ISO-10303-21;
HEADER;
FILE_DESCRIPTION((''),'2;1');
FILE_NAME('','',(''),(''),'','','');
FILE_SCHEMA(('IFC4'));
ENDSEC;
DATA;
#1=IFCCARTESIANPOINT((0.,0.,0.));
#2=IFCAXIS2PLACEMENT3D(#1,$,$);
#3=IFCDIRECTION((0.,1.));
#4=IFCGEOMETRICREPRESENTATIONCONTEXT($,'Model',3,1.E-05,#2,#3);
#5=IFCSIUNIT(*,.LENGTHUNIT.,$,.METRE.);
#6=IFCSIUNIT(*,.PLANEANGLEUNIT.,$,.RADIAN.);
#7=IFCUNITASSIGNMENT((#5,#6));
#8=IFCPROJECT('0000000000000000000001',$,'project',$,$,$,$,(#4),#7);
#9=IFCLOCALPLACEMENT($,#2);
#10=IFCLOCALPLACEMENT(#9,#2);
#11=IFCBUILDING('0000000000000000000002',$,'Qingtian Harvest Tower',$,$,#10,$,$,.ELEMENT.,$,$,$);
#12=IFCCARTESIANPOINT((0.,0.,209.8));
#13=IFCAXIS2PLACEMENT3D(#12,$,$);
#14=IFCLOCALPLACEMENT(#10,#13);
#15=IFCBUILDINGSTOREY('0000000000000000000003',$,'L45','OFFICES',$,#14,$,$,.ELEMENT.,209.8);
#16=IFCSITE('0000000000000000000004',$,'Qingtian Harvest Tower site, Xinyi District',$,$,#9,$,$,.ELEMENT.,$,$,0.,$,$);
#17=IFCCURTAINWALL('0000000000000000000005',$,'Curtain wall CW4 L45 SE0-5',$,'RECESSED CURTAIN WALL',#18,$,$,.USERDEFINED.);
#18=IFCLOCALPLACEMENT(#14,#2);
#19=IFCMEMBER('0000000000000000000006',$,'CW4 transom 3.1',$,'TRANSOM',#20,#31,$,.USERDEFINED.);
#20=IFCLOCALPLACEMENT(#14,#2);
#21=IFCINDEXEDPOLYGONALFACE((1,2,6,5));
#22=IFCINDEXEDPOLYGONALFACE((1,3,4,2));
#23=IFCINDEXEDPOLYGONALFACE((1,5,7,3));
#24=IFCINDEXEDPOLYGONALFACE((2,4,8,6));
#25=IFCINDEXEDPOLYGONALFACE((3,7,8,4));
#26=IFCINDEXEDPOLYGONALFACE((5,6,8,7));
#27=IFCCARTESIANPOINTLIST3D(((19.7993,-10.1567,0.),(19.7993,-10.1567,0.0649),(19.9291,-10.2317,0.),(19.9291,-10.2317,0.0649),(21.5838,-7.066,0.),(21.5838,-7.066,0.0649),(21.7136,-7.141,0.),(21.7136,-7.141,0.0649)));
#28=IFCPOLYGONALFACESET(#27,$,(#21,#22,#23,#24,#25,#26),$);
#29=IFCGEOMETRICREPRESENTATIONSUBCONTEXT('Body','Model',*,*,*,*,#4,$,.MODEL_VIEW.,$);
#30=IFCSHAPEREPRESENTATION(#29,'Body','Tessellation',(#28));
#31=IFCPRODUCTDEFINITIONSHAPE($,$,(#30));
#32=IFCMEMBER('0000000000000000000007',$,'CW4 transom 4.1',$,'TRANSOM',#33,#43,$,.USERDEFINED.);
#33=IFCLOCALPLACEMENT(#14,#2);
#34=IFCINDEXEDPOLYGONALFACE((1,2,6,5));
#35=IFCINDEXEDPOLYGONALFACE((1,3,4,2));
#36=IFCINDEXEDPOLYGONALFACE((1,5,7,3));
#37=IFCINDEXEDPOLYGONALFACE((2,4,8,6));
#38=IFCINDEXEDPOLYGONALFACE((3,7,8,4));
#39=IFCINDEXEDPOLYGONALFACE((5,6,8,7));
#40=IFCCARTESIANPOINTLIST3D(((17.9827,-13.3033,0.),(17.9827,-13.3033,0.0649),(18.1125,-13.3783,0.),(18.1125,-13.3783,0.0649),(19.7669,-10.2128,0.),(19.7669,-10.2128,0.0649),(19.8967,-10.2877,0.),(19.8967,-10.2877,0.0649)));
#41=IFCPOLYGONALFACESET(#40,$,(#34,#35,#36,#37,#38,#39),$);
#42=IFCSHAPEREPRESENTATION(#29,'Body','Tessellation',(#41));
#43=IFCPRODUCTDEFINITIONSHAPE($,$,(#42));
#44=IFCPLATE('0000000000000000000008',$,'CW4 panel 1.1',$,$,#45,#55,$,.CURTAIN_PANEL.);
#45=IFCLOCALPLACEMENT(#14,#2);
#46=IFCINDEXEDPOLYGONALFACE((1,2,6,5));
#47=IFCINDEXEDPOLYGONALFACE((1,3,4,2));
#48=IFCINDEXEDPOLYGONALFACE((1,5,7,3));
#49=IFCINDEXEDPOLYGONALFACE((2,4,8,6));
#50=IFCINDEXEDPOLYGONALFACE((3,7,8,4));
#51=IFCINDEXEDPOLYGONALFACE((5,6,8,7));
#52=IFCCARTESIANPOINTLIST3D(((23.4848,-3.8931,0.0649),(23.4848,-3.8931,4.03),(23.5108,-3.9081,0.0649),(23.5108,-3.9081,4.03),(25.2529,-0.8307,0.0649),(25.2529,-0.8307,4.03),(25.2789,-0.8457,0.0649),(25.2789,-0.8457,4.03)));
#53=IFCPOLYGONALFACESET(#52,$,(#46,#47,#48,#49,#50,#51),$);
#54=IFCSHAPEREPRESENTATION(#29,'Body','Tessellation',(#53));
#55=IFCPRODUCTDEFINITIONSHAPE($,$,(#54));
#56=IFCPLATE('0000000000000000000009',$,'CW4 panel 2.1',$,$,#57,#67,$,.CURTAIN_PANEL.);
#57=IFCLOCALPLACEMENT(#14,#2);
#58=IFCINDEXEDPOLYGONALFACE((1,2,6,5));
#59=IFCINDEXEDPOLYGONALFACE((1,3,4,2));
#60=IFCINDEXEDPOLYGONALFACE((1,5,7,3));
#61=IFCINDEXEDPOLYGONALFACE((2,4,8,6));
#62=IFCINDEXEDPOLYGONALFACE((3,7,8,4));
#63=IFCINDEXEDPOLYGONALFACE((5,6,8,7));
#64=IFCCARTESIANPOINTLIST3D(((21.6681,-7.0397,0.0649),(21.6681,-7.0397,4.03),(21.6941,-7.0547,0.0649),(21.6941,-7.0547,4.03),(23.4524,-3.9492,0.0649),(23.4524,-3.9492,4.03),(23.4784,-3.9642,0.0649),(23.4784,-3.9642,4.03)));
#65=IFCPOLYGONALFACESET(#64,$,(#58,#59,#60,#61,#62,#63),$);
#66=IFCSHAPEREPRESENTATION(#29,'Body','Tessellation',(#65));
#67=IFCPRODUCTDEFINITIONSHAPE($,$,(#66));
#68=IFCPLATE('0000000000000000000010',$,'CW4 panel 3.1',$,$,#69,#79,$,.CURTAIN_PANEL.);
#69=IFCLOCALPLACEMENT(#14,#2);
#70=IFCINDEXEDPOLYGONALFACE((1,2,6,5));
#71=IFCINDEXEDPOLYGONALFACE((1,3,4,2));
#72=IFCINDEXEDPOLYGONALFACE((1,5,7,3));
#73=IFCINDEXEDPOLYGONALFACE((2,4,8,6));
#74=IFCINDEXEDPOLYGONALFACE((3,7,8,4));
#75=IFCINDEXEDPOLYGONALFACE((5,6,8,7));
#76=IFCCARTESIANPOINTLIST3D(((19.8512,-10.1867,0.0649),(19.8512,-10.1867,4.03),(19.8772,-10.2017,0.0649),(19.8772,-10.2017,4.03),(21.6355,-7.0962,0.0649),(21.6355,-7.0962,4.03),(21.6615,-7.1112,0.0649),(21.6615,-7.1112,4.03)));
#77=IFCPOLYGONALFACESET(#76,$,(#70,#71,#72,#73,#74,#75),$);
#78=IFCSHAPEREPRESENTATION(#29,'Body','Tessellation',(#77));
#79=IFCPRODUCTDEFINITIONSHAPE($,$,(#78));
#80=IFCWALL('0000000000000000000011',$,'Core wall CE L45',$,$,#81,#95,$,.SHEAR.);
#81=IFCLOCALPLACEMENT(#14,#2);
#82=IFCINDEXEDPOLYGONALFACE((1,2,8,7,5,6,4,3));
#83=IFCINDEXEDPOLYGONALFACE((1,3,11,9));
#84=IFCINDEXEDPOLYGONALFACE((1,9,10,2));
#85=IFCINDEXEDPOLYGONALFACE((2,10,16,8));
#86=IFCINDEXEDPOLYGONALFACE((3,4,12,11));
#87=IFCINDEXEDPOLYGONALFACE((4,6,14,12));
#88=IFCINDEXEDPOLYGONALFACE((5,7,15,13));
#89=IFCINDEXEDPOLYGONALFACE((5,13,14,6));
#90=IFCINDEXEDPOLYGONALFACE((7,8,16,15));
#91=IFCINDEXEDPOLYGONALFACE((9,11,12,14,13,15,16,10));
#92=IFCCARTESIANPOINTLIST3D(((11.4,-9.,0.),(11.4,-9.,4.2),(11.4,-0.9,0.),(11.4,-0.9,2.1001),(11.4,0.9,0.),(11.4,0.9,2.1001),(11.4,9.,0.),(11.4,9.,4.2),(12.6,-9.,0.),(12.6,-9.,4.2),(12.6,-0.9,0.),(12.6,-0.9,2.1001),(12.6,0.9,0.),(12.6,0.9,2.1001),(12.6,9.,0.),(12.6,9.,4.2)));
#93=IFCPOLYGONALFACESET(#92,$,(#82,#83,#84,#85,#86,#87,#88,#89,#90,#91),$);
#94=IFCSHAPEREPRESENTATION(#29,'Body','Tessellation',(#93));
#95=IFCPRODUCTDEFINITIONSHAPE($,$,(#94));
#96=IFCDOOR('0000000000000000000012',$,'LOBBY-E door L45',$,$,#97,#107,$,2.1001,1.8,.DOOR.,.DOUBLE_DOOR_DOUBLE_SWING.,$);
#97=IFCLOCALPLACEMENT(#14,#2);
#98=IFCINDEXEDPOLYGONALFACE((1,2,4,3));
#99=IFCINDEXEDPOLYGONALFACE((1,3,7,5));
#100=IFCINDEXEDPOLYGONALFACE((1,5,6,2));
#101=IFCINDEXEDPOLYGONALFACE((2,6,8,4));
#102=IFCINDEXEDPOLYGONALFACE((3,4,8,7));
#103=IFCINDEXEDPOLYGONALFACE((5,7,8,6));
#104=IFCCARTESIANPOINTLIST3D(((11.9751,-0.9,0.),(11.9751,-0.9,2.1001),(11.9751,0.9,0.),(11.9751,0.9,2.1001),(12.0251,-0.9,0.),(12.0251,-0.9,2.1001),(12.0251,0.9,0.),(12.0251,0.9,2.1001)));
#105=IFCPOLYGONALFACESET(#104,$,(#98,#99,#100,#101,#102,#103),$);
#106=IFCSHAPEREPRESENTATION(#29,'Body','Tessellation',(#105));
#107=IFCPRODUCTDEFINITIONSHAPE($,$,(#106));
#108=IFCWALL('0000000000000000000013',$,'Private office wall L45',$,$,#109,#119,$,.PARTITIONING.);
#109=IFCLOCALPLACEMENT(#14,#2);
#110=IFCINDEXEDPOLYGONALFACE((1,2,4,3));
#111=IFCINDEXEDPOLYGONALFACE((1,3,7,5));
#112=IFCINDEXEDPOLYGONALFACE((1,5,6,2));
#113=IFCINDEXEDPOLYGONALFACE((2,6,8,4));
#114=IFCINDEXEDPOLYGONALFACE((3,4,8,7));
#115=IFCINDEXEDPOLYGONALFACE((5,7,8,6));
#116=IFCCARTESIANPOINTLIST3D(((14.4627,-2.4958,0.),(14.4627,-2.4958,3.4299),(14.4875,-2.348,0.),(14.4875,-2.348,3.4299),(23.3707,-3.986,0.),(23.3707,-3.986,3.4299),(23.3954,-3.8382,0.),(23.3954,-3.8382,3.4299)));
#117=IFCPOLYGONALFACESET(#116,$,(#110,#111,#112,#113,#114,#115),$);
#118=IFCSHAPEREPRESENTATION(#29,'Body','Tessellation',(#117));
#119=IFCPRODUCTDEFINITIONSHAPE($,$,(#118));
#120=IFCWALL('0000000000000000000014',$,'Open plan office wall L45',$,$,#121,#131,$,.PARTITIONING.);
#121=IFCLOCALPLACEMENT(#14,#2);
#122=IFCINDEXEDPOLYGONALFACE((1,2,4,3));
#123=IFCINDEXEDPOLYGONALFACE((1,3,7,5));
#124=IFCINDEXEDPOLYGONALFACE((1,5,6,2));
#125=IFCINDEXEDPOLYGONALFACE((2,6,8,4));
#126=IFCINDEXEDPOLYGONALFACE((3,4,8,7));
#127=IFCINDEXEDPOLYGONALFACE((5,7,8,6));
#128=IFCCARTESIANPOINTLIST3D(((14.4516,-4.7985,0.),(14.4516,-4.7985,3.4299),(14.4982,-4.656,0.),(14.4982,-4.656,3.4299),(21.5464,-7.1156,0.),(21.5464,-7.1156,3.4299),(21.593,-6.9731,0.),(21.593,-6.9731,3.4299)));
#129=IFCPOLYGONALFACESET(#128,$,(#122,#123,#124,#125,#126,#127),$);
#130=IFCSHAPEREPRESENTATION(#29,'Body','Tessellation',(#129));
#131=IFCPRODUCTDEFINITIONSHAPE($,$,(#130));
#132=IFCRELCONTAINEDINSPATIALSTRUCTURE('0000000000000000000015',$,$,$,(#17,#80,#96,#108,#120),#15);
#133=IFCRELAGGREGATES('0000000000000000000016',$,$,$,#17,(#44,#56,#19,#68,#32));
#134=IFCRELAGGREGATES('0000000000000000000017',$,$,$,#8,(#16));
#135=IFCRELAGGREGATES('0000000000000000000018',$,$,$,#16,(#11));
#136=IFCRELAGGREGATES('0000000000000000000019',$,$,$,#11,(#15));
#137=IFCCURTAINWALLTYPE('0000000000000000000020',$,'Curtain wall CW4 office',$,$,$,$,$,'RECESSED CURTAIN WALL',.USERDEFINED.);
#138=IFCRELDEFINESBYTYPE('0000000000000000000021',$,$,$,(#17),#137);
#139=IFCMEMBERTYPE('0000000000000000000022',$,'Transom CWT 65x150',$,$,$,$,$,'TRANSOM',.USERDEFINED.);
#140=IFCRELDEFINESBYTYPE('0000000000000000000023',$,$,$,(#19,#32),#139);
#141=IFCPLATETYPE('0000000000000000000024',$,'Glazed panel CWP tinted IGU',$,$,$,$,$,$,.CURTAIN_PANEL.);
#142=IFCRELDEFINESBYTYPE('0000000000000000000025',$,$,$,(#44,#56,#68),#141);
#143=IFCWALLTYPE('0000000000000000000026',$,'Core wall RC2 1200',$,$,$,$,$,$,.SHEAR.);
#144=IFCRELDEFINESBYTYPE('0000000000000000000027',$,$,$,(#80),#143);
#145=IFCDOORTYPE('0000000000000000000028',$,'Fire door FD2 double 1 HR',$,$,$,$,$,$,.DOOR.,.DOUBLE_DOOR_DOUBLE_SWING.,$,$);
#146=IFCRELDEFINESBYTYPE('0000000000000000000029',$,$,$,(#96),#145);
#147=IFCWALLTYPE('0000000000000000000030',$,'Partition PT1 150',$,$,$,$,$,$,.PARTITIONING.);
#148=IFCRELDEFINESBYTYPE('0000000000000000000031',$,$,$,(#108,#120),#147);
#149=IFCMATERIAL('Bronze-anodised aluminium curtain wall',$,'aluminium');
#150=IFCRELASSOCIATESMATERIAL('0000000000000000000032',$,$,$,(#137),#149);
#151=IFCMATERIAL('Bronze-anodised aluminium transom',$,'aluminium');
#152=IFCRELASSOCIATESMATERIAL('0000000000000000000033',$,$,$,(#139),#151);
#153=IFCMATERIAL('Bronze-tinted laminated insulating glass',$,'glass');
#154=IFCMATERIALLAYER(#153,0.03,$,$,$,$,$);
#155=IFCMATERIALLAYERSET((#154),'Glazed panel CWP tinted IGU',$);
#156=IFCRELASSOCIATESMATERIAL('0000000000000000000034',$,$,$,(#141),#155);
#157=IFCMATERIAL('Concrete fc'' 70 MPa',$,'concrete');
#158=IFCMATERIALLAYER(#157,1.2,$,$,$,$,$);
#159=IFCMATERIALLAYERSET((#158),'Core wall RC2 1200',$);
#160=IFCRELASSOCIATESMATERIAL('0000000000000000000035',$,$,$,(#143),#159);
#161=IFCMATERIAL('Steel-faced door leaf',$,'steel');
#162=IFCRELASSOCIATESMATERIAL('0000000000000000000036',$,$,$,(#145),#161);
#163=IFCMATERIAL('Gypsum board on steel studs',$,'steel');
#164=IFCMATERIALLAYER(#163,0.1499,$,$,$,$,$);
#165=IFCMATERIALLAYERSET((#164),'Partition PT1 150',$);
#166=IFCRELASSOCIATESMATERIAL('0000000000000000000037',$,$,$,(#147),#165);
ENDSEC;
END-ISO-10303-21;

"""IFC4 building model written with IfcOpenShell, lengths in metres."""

from ifc_helpers import new_model, si_unit, direction, frame, frame_2d, origin, origin_2d, place, context, subcontext, project, spatial, rectangle, extrude, material, layer, layer_set, material_profile, profile_set, type_object, element, fill, aggregate, save


model = new_model("IFC4")

# Units and contexts
model_context = context("Model", 3, precision=1e-05, world=origin(), true_north=direction((0.0, 1.0)))
body_context = subcontext(model_context, "Body", "Model", "MODEL_VIEW")
ifc_project = project(units=[si_unit("LENGTHUNIT", "METRE"), si_unit("PLANEANGLEUNIT", "RADIAN")], contexts=[model_context])

# Site, building, storey
site_placement = place(None, origin())
site = spatial("IfcSite", under=ifc_project, at=site_placement, Name="Qingtian Harvest Tower site, Xinyi District", CompositionType="ELEMENT", RefElevation=0.0)
building_placement = place(site_placement, origin())
building = spatial("IfcBuilding", under=site, at=building_placement, Name="Qingtian Harvest Tower", CompositionType="ELEMENT")
storey_placement = place(building_placement, frame((0.0, 0.0, 209.8)))
storey = spatial("IfcBuildingStorey", under=building, at=storey_placement, Name="L45", Description="OFFICES", CompositionType="ELEMENT", Elevation=209.8)

# Shared definitions
ifc_material_1 = material(Name="Bronze-anodised aluminium curtain wall", Category="aluminium")
curtain_wall_type = type_object("IfcCurtainWallType", Name="Curtain wall CW4 office", ElementType="RECESSED CURTAIN WALL", PredefinedType="USERDEFINED", material=ifc_material_1)

# Curtain wall
curtain_wall_1_placement = place(storey_placement, origin())
curtain_wall_1 = element("IfcCurtainWall", 1, at=curtain_wall_1_placement, inside=storey, type_object=curtain_wall_type, Name="Curtain wall CW4 L45 SE0-5", ObjectType="RECESSED CURTAIN WALL", PredefinedType="USERDEFINED")

# Members
ifc_material_2 = material(Name="Bronze-anodised aluminium transom", Category="aluminium")
ifc_material_profile_1 = material_profile(ifc_material_2, rectangle(XDim=0.1499, YDim=0.0649, at=origin_2d()), Name="AL 65x150")
ifc_profile_set_1 = profile_set([ifc_material_profile_1], Name="Bronze-anodised aluminium transom")
member_type_1 = type_object("IfcMemberType", Name="Transom CWT 65x150", ElementType="TRANSOM", PredefinedType="USERDEFINED", material=ifc_profile_set_1)
member_1_placement = place(storey_placement, frame((21.6487, -7.1035, 0.0325), z_axis=(-0.500017, -0.866016, 0.0), x_axis=(0.866016, -0.500017, 0.0)))
member_1 = element("IfcMember", 2, at=member_1_placement, type_object=member_type_1, Name="CW4 transom 3.1", ObjectType="TRANSOM", PredefinedType="USERDEFINED", context=body_context, shape_type="SweptSolid", body=[
    extrude(rectangle(XDim=0.1499, YDim=0.0649, at=origin_2d()), origin(), (0.0, 0.0, 1.0), 3.5688),
])
member_2_placement = place(storey_placement, frame((19.8318, -10.2502, 0.0325), z_axis=(-0.499965, -0.866045, 0.0), x_axis=(0.866045, -0.499965, 0.0)))
member_2 = element("IfcMember", 3, at=member_2_placement, type_object=member_type_1, Name="CW4 transom 4.1", ObjectType="TRANSOM", PredefinedType="USERDEFINED", context=body_context, shape_type="SweptSolid", body=[
    extrude(rectangle(XDim=0.1499, YDim=0.0649, at=origin_2d()), origin(), (0.0, 0.0, 1.0), 3.5686),
])

# Plates
ifc_material_3 = material(Name="Bronze-tinted laminated insulating glass", Category="glass")
ifc_layer_1 = layer(ifc_material_3, 0.03)
ifc_layer_set_1 = layer_set([ifc_layer_1], Name="Glazed panel CWP tinted IGU")
plate_type = type_object("IfcPlateType", Name="Glazed panel CWP tinted IGU", PredefinedType="CURTAIN_PANEL", material=ifc_layer_set_1)
plate_1_placement = place(storey_placement, frame((24.3818, -2.3694, 0.0649), z_axis=(0.0, 0.0, 1.0), x_axis=(-0.5, -0.866025, 0.0)))
plate_1 = element("IfcPlate", 4, at=plate_1_placement, type_object=plate_type, Name="CW4 panel 1.1", PredefinedType="CURTAIN_PANEL", context=body_context, shape_type="SweptSolid", body=[
    extrude(rectangle(XDim=3.5361, YDim=0.03, at=origin_2d()), origin(), (0.0, 0.0, 1.0), 3.9651),
])
plate_2_placement = place(storey_placement, frame((22.5732, -5.502, 0.0649), z_axis=(0.0, 0.0, 1.0), x_axis=(-0.5, -0.866025, 0.0)))
plate_2 = element("IfcPlate", 5, at=plate_2_placement, type_object=plate_type, Name="CW4 panel 2.1", PredefinedType="CURTAIN_PANEL", context=body_context, shape_type="SweptSolid", body=[
    extrude(rectangle(XDim=3.5686, YDim=0.03, at=origin_2d()), origin(), (0.0, 0.0, 1.0), 3.9651),
])
plate_3_placement = place(storey_placement, frame((20.7563, -8.6489, 0.0649), z_axis=(0.0, 0.0, 1.0), x_axis=(-0.5, -0.866025, 0.0)))
plate_3 = element("IfcPlate", 6, at=plate_3_placement, type_object=plate_type, Name="CW4 panel 3.1", PredefinedType="CURTAIN_PANEL", context=body_context, shape_type="SweptSolid", body=[
    extrude(rectangle(XDim=3.5686, YDim=0.03, at=origin_2d()), origin(), (0.0, 0.0, 1.0), 3.9651),
])
aggregate(curtain_wall_1, [plate_1, plate_2, member_1, plate_3, member_2])

# Wall, opening, door
ifc_material_4 = material(Name="Concrete fc' 70 MPa", Category="concrete")
ifc_layer_2 = layer(ifc_material_4, 1.2)
ifc_layer_set_2 = layer_set([ifc_layer_2], Name="Core wall RC2 1200")
wall_type_1 = type_object("IfcWallType", Name="Core wall RC2 1200", PredefinedType="SHEAR", material=ifc_layer_set_2)
wall_1_placement = place(storey_placement, frame((12.0, -9.0, 0.0), z_axis=(0.0, 0.0, 1.0), x_axis=(0.0, 1.0, 0.0)))
wall_1 = element("IfcWall", 7, at=wall_1_placement, inside=storey, type_object=wall_type_1, Name="Core wall CE L45", PredefinedType="SHEAR", context=body_context, shape_type="SweptSolid", body=[
    extrude(rectangle(XDim=18.0, YDim=1.2, at=frame_2d((9.0, 0.0))), origin(), (0.0, 0.0, 1.0), 4.2),
])
opening_1_placement = place(wall_1_placement, frame((8.1001, 0.0, 0.0)))
opening_1 = element("IfcOpeningElement", 8, at=opening_1_placement, cuts=wall_1, PredefinedType="OPENING", context=body_context, shape_type="SweptSolid", body=[
    extrude(rectangle(XDim=1.8, YDim=2.1001, at=frame_2d((0.8999, 1.05))), frame((0.0, 0.6099, 0.0), z_axis=(0.0, -1.0, 0.0), x_axis=(1.0, 0.0, 0.0)), (0.0, 0.0, 1.0), 1.22),
])
ifc_material_5 = material(Name="Steel-faced door leaf", Category="steel")
door_type_1 = type_object("IfcDoorType", Name="Fire door FD2 double 1 HR", OperationType="DOUBLE_DOOR_DOUBLE_SWING", PredefinedType="DOOR", material=ifc_material_5)
door_1_placement = place(opening_1_placement, origin())
door_1 = element("IfcDoor", 9, at=door_1_placement, inside=storey, type_object=door_type_1, Name="LOBBY-E door L45", OperationType="DOUBLE_DOOR_DOUBLE_SWING", OverallHeight=2.1001, OverallWidth=1.8, PredefinedType="DOOR", context=body_context, shape_type="SweptSolid", body=[
    extrude(rectangle(XDim=1.8, YDim=2.1001, at=frame_2d((0.8999, 1.05))), frame((0.0, 0.0249, 0.0), z_axis=(0.0, -1.0, 0.0), x_axis=(1.0, 0.0, 0.0)), (0.0, 0.0, 1.0), 0.05),
])
fill(opening_1, door_1)

# Wall
ifc_material_6 = material(Name="Gypsum board on steel studs", Category="steel")
ifc_layer_3 = layer(ifc_material_6, 0.1499)
ifc_layer_set_3 = layer_set([ifc_layer_3], Name="Partition PT1 150")
wall_type_2 = type_object("IfcWallType", Name="Partition PT1 150", PredefinedType="PARTITIONING", material=ifc_layer_set_3)
wall_2_placement = place(storey_placement, frame((23.3831, -3.9121, 0.0), z_axis=(0.0, 0.0, 1.0), x_axis=(-0.986294, 0.164999, 0.0)))
element("IfcWall", 10, at=wall_2_placement, inside=storey, type_object=wall_type_2, Name="Private office wall L45", PredefinedType="PARTITIONING", context=body_context, shape_type="SweptSolid", body=[
    extrude(rectangle(XDim=9.0317, YDim=0.1499, at=frame_2d((4.5159, 0.0))), origin(), (0.0, 0.0, 1.0), 3.4299),
])

# Wall
wall_3_placement = place(storey_placement, frame((21.5698, -7.0444, 0.0), z_axis=(0.0, 0.0, 1.0), x_axis=(-0.950586, 0.310462, 0.0)))
element("IfcWall", 11, at=wall_3_placement, inside=storey, type_object=wall_type_2, Name="Open plan office wall L45", PredefinedType="PARTITIONING", context=body_context, shape_type="SweptSolid", body=[
    extrude(rectangle(XDim=7.4636, YDim=0.1499, at=frame_2d((3.7319, 0.0))), origin(), (0.0, 0.0, 1.0), 3.4299),
])

save(model, "model.ifc")
